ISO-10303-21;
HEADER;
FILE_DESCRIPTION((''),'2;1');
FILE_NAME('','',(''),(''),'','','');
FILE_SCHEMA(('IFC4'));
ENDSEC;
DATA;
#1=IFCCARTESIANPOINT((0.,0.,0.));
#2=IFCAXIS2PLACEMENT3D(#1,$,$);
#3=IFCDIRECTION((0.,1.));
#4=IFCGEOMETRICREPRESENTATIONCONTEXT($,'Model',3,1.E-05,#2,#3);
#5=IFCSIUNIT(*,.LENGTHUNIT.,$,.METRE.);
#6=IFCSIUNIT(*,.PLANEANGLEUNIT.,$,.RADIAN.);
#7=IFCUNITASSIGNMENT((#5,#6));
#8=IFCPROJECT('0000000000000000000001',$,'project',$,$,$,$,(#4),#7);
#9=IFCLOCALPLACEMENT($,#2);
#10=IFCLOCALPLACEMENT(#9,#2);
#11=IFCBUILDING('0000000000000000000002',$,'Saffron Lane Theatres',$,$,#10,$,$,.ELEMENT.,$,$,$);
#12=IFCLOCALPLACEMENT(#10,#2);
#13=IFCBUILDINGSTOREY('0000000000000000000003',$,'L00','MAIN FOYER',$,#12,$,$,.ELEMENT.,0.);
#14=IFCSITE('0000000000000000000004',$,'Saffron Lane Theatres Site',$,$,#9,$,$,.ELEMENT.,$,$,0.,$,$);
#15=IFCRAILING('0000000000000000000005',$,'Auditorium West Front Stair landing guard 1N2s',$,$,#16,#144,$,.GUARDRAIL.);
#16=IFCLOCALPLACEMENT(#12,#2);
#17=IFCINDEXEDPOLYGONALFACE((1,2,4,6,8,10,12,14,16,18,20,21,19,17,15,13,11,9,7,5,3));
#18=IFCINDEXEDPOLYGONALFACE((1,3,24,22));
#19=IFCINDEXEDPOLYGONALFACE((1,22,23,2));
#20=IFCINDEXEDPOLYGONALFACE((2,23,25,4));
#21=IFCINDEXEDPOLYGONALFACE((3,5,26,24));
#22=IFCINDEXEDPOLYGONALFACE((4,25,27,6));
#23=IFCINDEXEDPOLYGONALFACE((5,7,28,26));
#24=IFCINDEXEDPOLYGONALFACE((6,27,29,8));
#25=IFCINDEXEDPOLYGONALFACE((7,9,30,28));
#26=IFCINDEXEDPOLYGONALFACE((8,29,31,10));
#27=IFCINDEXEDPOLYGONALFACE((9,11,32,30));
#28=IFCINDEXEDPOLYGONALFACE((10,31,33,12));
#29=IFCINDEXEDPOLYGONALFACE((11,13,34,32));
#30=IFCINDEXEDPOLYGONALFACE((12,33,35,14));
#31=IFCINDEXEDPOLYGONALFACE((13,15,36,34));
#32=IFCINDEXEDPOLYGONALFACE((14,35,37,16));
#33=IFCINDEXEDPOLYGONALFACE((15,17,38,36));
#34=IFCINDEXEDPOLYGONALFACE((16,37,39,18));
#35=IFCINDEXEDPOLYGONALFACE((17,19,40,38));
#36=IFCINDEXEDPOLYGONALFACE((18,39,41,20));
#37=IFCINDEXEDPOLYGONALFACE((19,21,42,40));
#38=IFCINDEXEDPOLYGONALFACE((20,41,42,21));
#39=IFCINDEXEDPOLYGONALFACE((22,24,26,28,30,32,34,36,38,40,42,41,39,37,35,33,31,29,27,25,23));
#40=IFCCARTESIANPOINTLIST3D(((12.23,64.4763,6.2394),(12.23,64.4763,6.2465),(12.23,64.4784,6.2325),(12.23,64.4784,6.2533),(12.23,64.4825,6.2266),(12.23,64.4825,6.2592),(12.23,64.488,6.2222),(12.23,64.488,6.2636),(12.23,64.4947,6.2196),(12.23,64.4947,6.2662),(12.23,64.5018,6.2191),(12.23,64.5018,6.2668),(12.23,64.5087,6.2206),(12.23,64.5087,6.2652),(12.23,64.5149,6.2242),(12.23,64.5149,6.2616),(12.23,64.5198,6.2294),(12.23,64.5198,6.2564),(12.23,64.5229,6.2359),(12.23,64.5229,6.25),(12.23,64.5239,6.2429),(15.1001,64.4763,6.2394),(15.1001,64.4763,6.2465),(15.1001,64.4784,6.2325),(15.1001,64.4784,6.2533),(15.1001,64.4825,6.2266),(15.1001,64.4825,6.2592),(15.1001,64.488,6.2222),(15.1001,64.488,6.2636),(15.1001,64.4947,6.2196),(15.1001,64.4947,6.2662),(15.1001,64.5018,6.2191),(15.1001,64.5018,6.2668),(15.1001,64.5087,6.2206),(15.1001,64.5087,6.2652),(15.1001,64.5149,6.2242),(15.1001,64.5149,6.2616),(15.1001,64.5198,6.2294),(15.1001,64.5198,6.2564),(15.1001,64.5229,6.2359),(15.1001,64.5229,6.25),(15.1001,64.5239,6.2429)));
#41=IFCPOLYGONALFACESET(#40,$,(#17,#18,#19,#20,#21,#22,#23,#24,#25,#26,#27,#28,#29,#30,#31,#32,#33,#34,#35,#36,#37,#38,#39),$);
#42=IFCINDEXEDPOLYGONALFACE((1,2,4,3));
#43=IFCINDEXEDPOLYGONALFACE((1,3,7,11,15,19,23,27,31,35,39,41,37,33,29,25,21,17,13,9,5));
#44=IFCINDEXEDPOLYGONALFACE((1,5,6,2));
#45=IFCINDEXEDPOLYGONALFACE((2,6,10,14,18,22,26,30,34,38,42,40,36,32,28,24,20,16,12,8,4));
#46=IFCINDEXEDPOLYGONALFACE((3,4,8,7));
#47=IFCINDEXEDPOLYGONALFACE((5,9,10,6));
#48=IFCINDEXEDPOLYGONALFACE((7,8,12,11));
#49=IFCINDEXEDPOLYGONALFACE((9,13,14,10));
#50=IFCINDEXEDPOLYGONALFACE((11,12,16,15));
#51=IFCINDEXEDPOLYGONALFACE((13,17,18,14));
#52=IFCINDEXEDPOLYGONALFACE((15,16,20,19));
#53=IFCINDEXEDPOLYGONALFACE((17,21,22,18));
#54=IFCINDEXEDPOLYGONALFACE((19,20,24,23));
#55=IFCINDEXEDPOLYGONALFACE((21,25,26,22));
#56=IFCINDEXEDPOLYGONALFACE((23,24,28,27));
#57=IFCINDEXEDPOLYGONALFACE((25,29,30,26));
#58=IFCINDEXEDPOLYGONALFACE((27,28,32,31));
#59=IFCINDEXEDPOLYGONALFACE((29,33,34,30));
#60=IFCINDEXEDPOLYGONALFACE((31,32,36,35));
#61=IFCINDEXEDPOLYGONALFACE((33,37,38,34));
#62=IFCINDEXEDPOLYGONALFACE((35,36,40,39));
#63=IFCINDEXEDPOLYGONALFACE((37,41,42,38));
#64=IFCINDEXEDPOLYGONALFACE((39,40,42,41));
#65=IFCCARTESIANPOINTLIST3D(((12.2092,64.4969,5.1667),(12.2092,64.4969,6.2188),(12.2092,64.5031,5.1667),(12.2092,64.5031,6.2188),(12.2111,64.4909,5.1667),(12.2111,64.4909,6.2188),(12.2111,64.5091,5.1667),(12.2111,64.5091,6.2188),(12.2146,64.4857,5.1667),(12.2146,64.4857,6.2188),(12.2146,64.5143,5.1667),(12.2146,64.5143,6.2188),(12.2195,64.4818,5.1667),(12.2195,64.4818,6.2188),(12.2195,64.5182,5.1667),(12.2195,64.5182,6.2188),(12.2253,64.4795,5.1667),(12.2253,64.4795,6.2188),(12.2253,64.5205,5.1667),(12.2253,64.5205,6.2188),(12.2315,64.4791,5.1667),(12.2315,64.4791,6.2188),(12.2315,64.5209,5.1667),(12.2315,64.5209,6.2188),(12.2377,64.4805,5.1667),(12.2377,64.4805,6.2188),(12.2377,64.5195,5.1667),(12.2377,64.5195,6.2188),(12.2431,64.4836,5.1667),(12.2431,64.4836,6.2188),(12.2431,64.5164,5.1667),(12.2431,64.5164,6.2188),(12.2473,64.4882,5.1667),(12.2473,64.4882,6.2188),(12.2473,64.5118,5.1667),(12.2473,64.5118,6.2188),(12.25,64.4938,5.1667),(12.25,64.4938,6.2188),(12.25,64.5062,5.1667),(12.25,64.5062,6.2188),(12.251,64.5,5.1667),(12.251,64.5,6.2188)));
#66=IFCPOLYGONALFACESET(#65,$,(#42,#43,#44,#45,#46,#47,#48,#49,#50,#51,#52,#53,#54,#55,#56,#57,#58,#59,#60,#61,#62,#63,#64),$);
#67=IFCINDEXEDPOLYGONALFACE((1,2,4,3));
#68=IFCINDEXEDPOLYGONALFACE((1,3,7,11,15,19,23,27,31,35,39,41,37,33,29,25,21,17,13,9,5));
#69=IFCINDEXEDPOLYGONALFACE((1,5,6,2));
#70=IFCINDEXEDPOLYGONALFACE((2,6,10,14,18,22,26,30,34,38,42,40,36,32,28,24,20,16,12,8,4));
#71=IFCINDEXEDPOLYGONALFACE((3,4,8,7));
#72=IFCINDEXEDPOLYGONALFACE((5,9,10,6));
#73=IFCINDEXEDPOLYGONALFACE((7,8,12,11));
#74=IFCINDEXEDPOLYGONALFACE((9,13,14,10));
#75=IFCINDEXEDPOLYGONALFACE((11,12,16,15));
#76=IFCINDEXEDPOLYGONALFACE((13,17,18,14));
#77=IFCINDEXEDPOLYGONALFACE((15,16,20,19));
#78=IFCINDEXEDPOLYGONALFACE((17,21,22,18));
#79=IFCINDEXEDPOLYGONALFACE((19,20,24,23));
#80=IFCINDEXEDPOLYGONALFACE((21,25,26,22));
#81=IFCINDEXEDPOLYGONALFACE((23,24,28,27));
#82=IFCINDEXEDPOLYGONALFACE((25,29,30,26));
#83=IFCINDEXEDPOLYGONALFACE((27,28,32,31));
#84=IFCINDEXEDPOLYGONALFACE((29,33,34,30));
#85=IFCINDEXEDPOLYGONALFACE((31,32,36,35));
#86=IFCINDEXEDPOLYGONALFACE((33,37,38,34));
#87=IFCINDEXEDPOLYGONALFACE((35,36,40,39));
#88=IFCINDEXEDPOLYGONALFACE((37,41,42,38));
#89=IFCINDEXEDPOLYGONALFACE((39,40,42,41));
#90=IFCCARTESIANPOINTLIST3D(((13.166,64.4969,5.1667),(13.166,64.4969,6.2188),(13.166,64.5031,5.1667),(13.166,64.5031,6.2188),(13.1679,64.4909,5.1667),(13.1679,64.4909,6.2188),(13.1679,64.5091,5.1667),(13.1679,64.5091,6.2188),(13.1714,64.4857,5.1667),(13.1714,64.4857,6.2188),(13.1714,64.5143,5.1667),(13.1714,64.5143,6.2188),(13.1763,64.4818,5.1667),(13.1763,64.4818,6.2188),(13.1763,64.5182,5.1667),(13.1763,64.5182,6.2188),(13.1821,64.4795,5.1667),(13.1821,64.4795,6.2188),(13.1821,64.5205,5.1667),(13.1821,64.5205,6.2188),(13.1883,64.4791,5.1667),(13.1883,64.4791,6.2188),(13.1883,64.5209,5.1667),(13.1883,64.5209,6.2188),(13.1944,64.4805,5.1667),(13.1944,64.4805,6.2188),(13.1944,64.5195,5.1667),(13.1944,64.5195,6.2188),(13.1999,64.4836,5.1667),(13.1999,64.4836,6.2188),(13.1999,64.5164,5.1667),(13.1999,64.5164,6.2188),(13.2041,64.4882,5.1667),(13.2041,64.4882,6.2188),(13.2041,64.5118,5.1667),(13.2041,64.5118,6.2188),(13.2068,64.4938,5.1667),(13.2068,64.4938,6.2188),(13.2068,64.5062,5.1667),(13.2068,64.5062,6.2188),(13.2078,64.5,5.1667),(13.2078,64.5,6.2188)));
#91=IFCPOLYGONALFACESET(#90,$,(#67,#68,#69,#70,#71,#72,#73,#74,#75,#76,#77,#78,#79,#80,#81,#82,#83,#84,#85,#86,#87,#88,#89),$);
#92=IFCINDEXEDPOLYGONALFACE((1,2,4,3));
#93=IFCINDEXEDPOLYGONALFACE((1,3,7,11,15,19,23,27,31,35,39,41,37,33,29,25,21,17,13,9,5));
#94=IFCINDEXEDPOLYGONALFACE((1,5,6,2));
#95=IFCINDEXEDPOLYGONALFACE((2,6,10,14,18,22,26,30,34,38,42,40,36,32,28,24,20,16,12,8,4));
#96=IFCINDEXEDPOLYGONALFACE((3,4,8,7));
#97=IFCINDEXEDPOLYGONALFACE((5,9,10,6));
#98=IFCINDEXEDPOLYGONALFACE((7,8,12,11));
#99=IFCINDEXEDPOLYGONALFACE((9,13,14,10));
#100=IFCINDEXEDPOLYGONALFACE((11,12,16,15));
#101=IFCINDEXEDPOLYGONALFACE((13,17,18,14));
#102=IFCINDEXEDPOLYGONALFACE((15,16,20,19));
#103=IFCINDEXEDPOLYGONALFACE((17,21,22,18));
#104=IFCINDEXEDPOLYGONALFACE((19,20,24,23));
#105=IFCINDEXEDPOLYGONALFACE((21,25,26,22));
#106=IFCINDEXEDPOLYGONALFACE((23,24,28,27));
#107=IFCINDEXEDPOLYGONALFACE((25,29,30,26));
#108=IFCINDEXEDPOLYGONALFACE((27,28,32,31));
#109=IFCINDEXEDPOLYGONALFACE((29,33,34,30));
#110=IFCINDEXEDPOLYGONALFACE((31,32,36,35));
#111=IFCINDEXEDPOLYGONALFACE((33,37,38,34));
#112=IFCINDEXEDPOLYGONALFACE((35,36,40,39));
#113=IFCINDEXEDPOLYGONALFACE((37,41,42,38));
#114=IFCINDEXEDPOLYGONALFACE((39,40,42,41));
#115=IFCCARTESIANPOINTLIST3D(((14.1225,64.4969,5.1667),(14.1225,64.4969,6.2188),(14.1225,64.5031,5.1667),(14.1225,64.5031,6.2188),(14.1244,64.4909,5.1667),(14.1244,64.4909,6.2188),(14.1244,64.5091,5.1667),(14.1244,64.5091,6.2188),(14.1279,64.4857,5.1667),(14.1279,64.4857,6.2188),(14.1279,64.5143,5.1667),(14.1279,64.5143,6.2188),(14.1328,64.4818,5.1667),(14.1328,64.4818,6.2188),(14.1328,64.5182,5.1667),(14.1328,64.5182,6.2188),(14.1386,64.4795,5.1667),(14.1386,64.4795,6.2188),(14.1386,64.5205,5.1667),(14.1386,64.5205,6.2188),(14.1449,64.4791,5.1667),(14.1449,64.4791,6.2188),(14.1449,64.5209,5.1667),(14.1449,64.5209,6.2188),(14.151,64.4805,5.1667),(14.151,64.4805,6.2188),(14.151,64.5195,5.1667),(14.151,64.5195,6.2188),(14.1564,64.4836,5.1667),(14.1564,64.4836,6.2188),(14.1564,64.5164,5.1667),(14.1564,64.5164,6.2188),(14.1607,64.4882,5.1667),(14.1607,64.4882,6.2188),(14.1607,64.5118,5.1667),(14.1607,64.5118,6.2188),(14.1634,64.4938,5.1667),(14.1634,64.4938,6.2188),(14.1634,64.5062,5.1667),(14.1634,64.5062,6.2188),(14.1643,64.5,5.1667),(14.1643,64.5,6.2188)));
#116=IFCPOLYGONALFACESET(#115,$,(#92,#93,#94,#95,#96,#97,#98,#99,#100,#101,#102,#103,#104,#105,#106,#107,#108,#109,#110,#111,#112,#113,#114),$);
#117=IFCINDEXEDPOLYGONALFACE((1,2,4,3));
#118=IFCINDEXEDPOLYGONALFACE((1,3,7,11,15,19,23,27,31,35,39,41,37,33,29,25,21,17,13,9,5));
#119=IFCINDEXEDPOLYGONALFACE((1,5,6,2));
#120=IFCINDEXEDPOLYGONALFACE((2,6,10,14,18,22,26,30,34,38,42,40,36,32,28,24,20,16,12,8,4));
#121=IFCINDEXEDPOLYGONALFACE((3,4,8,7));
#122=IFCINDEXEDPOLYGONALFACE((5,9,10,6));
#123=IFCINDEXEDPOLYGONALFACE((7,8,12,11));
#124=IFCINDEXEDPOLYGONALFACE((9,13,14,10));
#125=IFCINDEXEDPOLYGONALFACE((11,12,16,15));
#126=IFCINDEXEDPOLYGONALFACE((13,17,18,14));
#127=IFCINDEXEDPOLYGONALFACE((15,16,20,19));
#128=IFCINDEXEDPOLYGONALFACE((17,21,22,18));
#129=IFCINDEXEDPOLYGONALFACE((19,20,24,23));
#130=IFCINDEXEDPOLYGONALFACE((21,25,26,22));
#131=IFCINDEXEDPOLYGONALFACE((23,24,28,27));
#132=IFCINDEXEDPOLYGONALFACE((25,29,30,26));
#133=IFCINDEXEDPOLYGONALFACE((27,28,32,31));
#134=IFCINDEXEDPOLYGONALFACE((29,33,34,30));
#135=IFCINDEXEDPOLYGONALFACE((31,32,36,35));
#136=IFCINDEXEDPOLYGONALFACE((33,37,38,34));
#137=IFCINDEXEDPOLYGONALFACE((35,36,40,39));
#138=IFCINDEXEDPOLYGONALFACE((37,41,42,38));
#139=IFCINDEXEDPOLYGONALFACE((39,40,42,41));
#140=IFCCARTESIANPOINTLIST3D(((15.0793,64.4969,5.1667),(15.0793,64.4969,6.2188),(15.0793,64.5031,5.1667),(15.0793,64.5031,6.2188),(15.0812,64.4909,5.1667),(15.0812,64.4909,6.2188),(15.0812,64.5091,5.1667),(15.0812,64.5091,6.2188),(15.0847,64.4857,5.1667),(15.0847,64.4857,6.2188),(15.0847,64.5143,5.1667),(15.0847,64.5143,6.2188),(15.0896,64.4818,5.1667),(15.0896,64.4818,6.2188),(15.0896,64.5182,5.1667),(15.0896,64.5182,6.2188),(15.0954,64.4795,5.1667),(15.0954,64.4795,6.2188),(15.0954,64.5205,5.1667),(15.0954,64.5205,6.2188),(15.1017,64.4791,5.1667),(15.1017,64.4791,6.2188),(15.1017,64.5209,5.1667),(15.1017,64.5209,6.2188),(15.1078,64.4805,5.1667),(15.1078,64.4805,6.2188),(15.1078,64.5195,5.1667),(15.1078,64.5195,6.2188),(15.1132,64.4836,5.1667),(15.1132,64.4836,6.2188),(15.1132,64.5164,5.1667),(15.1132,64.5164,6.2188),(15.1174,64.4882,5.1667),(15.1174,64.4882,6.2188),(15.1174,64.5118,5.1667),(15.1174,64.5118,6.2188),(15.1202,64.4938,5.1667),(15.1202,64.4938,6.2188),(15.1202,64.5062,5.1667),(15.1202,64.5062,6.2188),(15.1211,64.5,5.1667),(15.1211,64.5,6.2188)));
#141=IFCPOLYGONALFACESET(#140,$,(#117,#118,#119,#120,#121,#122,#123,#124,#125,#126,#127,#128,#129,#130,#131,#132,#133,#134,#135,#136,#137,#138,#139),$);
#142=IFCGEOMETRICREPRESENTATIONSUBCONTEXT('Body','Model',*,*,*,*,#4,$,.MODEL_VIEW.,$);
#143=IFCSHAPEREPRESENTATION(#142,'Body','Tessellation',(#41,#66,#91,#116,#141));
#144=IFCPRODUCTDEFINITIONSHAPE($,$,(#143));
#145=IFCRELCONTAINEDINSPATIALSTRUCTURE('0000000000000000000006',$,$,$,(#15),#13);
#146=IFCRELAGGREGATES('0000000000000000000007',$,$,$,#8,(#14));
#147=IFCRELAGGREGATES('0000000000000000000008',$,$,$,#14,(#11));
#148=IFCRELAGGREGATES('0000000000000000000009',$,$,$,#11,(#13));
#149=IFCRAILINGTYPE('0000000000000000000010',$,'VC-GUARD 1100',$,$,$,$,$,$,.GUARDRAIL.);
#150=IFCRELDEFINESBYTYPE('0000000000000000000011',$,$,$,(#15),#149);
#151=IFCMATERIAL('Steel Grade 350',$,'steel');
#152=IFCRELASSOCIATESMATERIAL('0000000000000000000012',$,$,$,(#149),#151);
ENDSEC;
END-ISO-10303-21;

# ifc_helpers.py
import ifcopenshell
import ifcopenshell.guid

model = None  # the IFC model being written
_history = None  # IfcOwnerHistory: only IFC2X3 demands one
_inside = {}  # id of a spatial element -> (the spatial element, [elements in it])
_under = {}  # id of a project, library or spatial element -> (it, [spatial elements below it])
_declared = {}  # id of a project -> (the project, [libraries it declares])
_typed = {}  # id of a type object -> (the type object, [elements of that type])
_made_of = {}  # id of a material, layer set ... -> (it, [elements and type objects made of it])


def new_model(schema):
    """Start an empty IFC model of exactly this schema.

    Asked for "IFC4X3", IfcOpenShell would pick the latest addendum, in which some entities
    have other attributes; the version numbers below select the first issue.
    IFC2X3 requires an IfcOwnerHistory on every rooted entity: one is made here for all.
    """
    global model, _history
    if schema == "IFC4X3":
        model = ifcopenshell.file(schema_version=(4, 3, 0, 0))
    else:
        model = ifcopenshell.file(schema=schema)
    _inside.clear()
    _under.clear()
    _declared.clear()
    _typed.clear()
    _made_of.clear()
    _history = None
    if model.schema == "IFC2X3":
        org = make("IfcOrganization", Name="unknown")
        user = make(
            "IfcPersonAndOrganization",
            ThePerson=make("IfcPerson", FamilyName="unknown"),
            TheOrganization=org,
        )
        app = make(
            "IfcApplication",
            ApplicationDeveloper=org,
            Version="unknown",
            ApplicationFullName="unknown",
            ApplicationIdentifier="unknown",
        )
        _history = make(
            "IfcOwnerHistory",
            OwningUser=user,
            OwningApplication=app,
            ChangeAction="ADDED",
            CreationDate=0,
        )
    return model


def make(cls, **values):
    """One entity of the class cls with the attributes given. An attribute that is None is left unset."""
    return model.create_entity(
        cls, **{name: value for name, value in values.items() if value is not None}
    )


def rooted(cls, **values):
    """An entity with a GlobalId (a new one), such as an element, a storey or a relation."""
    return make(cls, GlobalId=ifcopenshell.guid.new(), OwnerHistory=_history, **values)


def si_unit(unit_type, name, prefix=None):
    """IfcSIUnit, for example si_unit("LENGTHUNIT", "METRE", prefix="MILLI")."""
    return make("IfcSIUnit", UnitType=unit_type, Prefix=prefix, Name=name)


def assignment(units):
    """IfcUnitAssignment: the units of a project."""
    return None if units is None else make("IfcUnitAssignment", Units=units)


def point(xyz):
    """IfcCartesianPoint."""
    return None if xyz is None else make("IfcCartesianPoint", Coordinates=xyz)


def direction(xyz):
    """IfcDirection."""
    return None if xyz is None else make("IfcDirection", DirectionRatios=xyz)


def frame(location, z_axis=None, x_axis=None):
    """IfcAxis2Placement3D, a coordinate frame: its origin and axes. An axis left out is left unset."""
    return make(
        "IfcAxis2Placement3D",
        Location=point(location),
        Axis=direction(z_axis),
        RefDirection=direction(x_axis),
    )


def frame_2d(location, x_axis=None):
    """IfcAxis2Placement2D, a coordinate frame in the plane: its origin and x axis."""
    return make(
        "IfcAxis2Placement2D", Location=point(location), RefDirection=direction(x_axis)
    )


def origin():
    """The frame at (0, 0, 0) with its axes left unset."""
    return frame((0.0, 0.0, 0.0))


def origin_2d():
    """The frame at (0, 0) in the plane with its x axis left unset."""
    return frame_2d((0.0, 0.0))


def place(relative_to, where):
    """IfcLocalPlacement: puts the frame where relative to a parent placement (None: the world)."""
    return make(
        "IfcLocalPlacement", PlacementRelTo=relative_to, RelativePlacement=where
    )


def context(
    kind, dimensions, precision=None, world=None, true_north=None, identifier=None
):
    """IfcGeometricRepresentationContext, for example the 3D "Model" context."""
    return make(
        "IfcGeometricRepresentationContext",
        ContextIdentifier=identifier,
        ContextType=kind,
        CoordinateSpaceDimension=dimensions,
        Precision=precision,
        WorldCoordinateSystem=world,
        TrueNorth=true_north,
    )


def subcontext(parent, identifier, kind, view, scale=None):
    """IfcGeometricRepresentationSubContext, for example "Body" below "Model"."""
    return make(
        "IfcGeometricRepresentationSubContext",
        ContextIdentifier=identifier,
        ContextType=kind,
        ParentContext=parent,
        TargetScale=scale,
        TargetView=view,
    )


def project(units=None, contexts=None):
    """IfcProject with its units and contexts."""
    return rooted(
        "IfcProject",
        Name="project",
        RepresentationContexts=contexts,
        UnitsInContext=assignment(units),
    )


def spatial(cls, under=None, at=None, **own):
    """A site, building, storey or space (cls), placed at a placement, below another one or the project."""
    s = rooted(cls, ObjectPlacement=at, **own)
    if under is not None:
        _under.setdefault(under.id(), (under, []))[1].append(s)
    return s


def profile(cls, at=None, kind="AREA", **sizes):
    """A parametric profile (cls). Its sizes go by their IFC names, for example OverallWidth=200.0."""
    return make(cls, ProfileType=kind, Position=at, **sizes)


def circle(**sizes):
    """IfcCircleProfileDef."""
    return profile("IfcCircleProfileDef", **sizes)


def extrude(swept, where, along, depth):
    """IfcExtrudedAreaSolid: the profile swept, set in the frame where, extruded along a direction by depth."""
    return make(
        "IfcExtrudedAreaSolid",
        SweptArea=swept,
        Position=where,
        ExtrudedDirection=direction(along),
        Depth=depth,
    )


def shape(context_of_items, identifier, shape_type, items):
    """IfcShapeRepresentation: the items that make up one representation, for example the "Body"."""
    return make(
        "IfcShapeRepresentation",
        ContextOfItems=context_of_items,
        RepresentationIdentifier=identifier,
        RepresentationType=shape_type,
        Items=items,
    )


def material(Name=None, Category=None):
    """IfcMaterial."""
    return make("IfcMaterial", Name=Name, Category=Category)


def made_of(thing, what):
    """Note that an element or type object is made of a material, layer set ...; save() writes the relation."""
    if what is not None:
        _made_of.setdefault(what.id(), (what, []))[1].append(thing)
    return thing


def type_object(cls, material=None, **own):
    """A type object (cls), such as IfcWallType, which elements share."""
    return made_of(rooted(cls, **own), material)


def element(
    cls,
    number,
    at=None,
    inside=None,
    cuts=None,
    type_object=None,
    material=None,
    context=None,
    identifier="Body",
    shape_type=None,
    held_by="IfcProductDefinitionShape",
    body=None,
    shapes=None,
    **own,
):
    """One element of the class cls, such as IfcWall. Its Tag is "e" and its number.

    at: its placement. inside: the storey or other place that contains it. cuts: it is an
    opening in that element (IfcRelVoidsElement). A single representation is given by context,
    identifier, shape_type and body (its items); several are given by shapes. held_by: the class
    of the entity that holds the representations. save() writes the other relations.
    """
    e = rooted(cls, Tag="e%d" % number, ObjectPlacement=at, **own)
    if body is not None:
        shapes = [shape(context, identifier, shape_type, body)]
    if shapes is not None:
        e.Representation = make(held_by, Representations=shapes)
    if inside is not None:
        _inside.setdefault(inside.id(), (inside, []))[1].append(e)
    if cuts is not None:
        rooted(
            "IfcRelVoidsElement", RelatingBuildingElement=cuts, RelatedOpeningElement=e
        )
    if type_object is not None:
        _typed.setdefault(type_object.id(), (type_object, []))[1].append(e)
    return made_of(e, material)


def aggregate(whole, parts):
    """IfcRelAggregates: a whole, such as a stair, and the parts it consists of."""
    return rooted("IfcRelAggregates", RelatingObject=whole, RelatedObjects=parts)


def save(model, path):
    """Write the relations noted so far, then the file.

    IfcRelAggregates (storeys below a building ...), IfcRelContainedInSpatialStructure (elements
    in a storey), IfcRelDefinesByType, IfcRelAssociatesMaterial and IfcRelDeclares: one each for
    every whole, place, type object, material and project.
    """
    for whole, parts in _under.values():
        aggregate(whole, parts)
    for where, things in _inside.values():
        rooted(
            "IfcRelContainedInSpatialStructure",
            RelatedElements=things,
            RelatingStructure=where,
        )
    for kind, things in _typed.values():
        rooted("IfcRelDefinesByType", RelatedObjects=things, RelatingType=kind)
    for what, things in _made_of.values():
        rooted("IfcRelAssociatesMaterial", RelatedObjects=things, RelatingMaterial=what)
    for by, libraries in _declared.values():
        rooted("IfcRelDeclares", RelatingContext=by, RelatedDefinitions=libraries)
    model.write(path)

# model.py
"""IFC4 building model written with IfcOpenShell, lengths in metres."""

from ifc_helpers import new_model, si_unit, direction, frame, origin, origin_2d, place, context, subcontext, project, spatial, circle, extrude, material, type_object, element, save


model = new_model("IFC4")

# Units and contexts
model_context = context("Model", 3, precision=1e-05, world=origin(), true_north=direction((0.0, 1.0)))
body_context = subcontext(model_context, "Body", "Model", "MODEL_VIEW")
ifc_project = project(units=[si_unit("LENGTHUNIT", "METRE"), si_unit("PLANEANGLEUNIT", "RADIAN")], contexts=[model_context])

# Site, building, storey
site_placement = place(None, origin())
site = spatial("IfcSite", under=ifc_project, at=site_placement, Name="Saffron Lane Theatres Site", CompositionType="ELEMENT", RefElevation=0.0)
building_placement = place(site_placement, origin())
building = spatial("IfcBuilding", under=site, at=building_placement, Name="Saffron Lane Theatres", CompositionType="ELEMENT")
storey_placement = place(building_placement, origin())
storey = spatial("IfcBuildingStorey", under=building, at=storey_placement, Name="L00", Description="MAIN FOYER", CompositionType="ELEMENT", Elevation=0.0)

# Railing
ifc_material_1 = material(Name="Steel Grade 350", Category="steel")
railing_type_1 = type_object("IfcRailingType", Name="VC-GUARD 1100", PredefinedType="GUARDRAIL", material=ifc_material_1)
railing_1_placement = place(storey_placement, frame((12.23, 64.5, 5.1667)))
element("IfcRailing", 1, at=railing_1_placement, inside=storey, type_object=railing_type_1, Name="Auditorium West Front Stair landing guard 1N2s", PredefinedType="GUARDRAIL", context=body_context, shape_type="SweptSolid", body=[
    extrude(circle(Radius=0.0239, at=origin_2d()), frame((0.0, 0.0, 1.0762), z_axis=(1.0, 0.0, 0.0), x_axis=(0.0, 1.0, 0.0)), (0.0, 0.0, 1.0), 2.8701),
    extrude(circle(Radius=0.021, at=origin_2d()), origin(), (0.0, 0.0, 1.0), 1.052),
    extrude(circle(Radius=0.021, at=origin_2d()), frame((0.9568, 0.0, 0.0)), (0.0, 0.0, 1.0), 1.052),
    extrude(circle(Radius=0.021, at=origin_2d()), frame((1.9133, 0.0, 0.0)), (0.0, 0.0, 1.0), 1.052),
    extrude(circle(Radius=0.021, at=origin_2d()), frame((2.8701, 0.0, 0.0)), (0.0, 0.0, 1.0), 1.052),
])

save(model, "model.ifc")
